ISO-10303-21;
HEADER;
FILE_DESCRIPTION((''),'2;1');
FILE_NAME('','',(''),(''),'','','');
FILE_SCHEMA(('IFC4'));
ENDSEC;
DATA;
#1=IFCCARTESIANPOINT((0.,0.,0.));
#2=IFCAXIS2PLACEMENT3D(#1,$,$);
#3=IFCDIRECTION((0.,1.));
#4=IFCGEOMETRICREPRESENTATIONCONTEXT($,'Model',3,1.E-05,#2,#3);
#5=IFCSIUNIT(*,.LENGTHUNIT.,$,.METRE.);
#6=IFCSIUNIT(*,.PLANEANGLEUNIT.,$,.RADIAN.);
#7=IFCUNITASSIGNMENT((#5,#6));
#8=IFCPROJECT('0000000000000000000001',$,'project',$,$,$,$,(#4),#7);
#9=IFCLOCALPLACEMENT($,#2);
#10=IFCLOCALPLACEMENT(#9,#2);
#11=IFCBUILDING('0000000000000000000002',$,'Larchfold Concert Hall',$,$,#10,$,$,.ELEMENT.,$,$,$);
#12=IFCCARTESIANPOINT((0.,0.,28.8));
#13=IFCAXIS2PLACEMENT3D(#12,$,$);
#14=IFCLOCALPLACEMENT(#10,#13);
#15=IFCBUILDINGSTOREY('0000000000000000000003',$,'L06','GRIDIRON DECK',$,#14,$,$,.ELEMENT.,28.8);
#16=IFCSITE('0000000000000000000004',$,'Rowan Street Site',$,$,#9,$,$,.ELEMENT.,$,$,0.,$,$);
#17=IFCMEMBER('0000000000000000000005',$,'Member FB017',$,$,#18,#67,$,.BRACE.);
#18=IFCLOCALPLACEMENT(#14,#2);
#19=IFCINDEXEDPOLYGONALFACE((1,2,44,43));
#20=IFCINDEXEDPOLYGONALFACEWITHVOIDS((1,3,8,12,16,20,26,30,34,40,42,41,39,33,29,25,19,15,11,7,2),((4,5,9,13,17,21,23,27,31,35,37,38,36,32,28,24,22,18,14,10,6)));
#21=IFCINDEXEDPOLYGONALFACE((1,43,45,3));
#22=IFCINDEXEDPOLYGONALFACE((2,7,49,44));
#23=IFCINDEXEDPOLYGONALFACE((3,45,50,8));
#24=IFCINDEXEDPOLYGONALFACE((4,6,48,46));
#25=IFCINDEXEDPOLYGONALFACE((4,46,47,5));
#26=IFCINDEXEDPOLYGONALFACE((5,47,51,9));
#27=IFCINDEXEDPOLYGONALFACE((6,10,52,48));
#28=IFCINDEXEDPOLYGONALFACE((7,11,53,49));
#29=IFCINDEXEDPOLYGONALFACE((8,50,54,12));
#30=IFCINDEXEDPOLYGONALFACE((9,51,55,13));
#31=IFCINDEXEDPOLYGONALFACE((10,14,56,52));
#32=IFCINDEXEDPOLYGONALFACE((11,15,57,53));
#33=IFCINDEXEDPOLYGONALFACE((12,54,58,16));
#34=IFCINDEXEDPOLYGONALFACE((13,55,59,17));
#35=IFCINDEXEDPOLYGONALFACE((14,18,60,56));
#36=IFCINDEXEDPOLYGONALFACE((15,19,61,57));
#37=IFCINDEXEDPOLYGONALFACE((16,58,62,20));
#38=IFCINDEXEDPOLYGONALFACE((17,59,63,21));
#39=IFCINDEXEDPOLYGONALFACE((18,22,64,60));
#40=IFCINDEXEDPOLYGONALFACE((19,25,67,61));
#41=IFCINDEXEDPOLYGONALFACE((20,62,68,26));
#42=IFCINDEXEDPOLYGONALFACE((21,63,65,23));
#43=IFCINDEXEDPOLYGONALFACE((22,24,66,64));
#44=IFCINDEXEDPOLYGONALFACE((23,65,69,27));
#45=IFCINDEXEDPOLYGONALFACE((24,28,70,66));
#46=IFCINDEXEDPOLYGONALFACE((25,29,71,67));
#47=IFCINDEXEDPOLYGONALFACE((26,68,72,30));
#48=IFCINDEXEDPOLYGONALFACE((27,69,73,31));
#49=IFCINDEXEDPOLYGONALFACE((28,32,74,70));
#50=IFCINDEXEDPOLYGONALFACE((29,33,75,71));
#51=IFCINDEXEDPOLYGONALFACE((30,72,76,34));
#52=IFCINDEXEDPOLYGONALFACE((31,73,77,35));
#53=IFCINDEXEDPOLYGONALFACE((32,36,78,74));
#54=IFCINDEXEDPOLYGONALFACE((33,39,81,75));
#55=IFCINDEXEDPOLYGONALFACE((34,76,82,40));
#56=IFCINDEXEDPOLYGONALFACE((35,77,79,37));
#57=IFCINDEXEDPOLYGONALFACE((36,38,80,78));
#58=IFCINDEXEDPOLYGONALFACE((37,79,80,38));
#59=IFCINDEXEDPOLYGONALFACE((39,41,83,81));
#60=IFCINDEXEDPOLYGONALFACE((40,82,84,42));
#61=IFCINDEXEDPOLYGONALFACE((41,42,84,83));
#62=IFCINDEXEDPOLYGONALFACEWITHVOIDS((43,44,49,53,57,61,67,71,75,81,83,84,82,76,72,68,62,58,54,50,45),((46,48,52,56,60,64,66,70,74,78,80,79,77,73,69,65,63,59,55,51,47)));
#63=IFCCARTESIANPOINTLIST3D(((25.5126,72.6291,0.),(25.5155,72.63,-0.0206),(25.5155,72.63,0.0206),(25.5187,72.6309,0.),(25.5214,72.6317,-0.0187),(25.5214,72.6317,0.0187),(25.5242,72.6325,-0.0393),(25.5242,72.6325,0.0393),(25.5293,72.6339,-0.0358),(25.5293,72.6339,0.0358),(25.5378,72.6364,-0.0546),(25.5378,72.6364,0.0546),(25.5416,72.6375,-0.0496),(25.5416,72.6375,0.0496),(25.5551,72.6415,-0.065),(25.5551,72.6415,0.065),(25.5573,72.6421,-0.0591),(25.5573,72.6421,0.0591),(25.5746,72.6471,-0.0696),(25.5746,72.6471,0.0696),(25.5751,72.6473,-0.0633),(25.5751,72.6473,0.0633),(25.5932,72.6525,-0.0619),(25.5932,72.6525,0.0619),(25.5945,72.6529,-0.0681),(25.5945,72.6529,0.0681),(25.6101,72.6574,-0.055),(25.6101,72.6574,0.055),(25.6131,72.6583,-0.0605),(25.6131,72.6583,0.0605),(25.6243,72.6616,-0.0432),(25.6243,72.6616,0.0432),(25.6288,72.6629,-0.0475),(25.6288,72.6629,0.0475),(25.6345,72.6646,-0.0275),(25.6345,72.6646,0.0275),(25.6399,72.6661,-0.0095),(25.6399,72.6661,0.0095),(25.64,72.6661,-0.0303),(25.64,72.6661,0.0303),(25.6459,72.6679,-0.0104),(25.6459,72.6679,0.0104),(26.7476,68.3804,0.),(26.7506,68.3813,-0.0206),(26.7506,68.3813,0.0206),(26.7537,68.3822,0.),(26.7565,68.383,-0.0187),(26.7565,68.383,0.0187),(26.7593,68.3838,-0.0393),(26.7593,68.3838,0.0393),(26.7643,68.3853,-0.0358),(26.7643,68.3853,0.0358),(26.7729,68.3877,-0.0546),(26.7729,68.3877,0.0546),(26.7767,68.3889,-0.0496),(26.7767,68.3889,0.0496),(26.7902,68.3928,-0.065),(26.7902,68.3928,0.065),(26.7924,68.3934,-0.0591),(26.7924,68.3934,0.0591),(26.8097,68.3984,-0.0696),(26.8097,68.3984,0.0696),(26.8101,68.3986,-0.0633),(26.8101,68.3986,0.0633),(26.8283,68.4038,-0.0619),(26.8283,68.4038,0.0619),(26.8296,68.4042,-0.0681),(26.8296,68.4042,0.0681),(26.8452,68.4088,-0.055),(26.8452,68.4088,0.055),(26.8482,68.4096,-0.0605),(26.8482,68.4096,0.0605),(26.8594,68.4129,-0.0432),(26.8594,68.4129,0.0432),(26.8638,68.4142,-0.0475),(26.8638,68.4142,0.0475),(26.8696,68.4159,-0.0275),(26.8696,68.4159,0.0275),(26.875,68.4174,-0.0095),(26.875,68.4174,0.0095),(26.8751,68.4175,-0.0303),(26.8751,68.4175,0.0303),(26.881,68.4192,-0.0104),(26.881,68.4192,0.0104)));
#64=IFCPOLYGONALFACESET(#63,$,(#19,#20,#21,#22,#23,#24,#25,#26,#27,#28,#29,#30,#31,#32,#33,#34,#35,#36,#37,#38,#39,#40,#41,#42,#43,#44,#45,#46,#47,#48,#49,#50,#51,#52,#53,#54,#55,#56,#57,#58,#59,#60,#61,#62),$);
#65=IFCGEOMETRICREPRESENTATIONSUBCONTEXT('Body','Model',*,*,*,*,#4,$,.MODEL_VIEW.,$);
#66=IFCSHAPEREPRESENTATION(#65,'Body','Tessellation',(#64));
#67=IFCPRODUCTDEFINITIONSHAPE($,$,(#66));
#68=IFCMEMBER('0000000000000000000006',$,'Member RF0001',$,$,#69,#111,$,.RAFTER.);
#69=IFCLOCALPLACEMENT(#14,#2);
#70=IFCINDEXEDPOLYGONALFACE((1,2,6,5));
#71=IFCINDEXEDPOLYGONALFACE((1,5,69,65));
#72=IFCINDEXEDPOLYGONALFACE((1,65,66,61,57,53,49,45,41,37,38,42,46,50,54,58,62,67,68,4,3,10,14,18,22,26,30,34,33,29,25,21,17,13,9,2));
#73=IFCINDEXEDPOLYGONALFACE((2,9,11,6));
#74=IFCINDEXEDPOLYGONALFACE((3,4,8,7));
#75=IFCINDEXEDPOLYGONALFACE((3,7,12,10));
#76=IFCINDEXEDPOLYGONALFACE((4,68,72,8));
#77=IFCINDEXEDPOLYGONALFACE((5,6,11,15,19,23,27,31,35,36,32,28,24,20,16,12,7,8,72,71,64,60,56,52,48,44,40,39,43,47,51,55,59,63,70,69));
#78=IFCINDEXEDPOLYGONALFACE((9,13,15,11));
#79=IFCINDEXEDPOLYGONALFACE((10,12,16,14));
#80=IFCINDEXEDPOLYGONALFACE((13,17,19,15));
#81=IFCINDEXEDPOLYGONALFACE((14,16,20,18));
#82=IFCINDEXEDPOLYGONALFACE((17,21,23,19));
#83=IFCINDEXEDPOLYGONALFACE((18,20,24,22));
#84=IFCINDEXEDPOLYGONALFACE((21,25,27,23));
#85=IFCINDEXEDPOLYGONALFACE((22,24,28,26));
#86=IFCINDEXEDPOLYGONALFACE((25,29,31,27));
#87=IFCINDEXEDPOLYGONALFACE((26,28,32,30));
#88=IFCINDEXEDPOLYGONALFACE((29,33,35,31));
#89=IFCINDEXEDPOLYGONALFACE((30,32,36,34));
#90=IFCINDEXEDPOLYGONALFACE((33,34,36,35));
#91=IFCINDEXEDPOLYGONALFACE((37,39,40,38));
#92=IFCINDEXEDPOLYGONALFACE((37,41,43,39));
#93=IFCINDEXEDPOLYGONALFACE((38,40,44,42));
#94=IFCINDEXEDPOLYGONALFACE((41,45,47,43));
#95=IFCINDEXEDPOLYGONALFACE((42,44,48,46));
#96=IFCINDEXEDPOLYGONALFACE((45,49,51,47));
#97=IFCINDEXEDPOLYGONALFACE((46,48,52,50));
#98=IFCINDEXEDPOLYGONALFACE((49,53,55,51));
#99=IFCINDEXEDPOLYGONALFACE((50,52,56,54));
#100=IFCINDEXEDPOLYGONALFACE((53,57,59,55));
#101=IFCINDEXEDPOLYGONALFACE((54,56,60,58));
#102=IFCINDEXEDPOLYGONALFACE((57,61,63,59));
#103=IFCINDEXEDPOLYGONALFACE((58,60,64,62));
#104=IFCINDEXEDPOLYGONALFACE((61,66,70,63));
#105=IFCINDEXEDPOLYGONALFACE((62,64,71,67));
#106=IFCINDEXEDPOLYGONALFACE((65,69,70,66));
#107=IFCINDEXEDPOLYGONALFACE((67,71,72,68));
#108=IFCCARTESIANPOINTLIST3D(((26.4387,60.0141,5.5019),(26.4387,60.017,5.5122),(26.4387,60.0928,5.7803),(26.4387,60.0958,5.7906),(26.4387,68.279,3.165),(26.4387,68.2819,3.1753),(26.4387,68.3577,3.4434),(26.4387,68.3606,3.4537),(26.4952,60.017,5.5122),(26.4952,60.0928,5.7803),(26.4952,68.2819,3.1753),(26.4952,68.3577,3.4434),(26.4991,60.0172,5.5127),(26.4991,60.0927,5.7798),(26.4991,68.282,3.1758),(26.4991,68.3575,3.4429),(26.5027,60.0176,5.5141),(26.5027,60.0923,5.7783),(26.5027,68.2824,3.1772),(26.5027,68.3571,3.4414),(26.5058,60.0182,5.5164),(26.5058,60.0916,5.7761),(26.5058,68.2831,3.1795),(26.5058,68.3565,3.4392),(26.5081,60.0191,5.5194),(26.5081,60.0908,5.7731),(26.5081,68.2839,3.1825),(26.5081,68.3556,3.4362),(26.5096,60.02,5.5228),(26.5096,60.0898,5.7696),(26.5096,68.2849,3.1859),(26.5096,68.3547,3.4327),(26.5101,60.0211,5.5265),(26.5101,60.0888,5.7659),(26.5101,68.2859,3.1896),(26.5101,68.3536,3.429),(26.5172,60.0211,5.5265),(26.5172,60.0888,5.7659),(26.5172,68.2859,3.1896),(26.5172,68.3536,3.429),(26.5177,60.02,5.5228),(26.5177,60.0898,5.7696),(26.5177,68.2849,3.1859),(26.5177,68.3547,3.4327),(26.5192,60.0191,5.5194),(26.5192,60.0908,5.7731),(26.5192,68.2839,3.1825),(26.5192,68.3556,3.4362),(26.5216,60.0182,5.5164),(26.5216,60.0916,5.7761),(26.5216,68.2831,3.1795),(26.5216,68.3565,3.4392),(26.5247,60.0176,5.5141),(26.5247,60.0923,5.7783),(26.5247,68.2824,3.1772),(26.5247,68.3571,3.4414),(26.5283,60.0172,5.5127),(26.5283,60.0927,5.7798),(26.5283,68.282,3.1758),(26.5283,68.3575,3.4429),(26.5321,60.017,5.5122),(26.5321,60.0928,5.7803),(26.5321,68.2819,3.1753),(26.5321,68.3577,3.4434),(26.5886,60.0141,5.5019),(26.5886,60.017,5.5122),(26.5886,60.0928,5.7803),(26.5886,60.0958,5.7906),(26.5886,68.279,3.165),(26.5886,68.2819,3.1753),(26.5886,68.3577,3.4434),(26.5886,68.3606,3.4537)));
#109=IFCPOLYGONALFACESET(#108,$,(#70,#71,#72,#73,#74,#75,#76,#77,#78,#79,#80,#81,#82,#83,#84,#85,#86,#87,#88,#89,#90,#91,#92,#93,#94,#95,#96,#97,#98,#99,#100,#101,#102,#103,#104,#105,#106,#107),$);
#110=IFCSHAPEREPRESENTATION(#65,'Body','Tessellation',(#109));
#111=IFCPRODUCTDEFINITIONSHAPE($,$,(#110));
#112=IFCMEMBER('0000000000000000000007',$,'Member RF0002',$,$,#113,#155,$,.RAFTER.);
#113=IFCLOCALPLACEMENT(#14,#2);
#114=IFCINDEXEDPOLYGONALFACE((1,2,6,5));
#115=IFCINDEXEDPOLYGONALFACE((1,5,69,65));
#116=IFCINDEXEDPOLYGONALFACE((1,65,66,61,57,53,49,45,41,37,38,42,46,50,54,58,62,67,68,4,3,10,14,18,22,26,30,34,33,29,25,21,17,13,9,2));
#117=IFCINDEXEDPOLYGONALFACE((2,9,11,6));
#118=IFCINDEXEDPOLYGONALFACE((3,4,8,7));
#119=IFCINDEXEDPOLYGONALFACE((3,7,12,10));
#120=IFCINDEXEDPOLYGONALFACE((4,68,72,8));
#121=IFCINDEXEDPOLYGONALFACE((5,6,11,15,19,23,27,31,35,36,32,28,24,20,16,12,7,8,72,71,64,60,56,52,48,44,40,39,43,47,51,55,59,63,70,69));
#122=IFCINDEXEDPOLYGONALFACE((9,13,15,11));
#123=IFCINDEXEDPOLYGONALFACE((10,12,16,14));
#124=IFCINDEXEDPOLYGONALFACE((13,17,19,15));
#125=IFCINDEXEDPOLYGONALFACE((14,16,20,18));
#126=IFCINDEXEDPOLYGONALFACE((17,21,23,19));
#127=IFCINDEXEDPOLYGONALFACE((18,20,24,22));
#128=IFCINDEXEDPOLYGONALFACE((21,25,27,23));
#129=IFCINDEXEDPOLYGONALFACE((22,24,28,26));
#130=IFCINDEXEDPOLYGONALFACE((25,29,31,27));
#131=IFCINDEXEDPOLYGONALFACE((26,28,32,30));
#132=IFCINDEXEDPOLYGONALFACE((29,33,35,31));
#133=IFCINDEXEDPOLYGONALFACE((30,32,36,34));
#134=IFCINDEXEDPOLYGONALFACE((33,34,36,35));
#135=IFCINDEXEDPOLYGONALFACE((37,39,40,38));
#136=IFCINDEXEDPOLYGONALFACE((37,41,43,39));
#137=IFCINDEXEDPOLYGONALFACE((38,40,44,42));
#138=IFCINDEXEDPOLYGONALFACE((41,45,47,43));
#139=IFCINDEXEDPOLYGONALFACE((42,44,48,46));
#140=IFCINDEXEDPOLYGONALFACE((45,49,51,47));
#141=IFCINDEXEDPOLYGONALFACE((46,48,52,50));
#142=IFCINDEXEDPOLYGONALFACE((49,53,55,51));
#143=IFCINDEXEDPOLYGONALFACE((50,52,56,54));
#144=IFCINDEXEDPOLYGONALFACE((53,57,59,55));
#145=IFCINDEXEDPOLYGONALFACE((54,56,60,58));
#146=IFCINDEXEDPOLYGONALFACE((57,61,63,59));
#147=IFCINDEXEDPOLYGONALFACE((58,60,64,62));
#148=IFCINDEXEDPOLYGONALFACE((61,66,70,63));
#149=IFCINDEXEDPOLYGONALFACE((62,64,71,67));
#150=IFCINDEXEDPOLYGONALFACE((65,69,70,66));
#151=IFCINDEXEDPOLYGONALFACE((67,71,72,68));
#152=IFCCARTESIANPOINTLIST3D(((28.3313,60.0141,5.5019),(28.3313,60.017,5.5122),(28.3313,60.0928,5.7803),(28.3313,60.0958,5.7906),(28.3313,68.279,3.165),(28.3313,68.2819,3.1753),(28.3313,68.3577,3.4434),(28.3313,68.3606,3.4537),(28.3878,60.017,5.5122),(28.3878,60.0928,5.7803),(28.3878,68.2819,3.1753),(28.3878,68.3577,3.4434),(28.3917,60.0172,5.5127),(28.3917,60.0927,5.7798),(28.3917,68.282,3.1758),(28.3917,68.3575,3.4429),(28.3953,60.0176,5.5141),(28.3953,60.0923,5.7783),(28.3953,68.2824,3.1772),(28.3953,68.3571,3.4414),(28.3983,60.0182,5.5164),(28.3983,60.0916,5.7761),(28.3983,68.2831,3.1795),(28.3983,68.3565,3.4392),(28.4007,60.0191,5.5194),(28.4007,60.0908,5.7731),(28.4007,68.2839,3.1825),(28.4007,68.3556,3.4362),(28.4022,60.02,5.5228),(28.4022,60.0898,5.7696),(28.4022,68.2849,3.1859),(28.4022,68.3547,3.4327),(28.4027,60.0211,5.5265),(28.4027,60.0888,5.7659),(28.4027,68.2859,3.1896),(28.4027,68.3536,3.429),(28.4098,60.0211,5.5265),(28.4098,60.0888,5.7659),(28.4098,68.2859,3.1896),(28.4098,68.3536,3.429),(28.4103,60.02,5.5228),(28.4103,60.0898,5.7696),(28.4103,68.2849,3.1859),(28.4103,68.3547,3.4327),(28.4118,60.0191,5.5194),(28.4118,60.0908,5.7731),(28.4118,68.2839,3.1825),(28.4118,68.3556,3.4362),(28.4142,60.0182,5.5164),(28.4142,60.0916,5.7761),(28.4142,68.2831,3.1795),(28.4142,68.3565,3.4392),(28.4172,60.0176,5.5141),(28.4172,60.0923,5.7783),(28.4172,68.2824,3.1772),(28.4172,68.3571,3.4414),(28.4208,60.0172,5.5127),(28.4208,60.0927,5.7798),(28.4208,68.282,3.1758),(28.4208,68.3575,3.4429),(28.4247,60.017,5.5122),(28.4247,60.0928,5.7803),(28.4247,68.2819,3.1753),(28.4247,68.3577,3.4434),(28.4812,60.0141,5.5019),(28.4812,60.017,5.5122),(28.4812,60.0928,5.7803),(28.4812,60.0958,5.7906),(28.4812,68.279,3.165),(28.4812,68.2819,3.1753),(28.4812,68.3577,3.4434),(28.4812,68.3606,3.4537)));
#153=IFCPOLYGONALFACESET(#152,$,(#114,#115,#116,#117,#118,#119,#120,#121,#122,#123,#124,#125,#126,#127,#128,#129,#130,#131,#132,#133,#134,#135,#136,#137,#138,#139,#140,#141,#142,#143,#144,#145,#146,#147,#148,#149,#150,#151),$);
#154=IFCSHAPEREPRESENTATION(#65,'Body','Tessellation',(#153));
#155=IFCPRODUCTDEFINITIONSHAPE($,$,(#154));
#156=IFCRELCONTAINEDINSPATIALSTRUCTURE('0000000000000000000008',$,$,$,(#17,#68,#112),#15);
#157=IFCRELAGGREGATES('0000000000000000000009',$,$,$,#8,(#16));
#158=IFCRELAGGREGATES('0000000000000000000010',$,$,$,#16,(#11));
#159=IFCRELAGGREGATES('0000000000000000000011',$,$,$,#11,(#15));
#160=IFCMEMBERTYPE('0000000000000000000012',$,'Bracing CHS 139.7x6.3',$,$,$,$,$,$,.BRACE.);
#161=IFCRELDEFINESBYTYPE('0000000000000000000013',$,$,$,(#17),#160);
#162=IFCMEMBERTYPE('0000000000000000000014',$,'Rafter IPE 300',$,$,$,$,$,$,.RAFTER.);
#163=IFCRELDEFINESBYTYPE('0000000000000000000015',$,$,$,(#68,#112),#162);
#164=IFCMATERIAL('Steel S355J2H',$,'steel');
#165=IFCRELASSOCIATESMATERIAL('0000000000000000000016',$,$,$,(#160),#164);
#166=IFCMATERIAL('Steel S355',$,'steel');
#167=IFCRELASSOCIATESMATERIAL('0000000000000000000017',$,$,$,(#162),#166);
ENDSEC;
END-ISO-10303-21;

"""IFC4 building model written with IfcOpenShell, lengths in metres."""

from ifc_helpers import new_model, si_unit, direction, frame, origin, origin_2d, place, context, subcontext, project, spatial, hollow_circle, i_section, extrude, material, material_profile, profile_set, type_object, element, save


model = new_model("IFC4")

# Units and contexts
model_context = context("Model", 3, precision=1e-05, world=origin(), true_north=direction((0.0, 1.0)))
body_context = subcontext(model_context, "Body", "Model", "MODEL_VIEW")
ifc_project = project(units=[si_unit("LENGTHUNIT", "METRE"), si_unit("PLANEANGLEUNIT", "RADIAN")], contexts=[model_context])

# Site, building, storey
site_placement = place(None, origin())
site = spatial("IfcSite", under=ifc_project, at=site_placement, Name="Rowan Street Site", CompositionType="ELEMENT", RefElevation=0.0)
building_placement = place(site_placement, origin())
building = spatial("IfcBuilding", under=site, at=building_placement, Name="Larchfold Concert Hall", CompositionType="ELEMENT")
storey_placement = place(building_placement, frame((0.0, 0.0, 28.8)))
storey = spatial("IfcBuildingStorey", under=building, at=storey_placement, Name="L06", Description="GRIDIRON DECK", CompositionType="ELEMENT", Elevation=28.8)

# Members
ifc_material_1 = material(Name="Steel S355J2H", Category="steel")
ifc_material_profile_1 = material_profile(ifc_material_1, hollow_circle(Radius=0.0698, WallThickness=0.0063, at=origin_2d()))
ifc_profile_set_1 = profile_set([ifc_material_profile_1], Name="Steel S355J2H")
member_type_1 = type_object("IfcMemberType", Name="Bracing CHS 139.7x6.3", PredefinedType="BRACE", material=ifc_profile_set_1)
member_1_placement = place(storey_placement, frame((26.8147, 68.3999, 0.0), z_axis=(-0.279142, 0.96025, 0.0), x_axis=(-0.96025, -0.279142, 0.0)))
element("IfcMember", 1, at=member_1_placement, inside=storey, type_object=member_type_1, Name="Member FB017", PredefinedType="BRACE", context=body_context, shape_type="SweptSolid", body=[
    extrude(hollow_circle(Radius=0.0698, WallThickness=0.0063, at=origin_2d()), origin(), (0.0, 0.0, 1.0), 4.4246),
])
ifc_material_2 = material(Name="Steel S355", Category="steel")
ifc_material_profile_2 = material_profile(ifc_material_2, i_section(OverallWidth=0.1499, OverallDepth=0.3, WebThickness=0.0071, FlangeThickness=0.0107, FilletRadius=0.0149, at=origin_2d()))
ifc_profile_set_2 = profile_set([ifc_material_profile_2], Name="Steel S355")
member_type_2 = type_object("IfcMemberType", Name="Rafter IPE 300", PredefinedType="RAFTER", material=ifc_profile_set_2)
for number, where, z_axis, x_axis, name in (
    (2, (26.5137, 60.0549, 5.6462), (0.0, 0.962273, -0.272085), (-1.0, 0.0, 0.0), "Member RF0001"),
    (3, (28.4062, 60.0549, 5.6462), (0.0, 0.962273, -0.272085), (-1.0, 0.0, 0.0), "Member RF0002"),
):
    element("IfcMember", number, at=place(storey_placement, frame(where, z_axis=z_axis, x_axis=x_axis)), inside=storey, type_object=member_type_2, Name=name, PredefinedType="RAFTER", context=body_context, shape_type="SweptSolid", body=[
        extrude(i_section(OverallWidth=0.1499, OverallDepth=0.3, WebThickness=0.0071, FlangeThickness=0.0107, FilletRadius=0.0149, at=origin_2d()), origin(), (0.0, 0.0, 1.0), 8.5889),
    ])

save(model, "model.ifc")
